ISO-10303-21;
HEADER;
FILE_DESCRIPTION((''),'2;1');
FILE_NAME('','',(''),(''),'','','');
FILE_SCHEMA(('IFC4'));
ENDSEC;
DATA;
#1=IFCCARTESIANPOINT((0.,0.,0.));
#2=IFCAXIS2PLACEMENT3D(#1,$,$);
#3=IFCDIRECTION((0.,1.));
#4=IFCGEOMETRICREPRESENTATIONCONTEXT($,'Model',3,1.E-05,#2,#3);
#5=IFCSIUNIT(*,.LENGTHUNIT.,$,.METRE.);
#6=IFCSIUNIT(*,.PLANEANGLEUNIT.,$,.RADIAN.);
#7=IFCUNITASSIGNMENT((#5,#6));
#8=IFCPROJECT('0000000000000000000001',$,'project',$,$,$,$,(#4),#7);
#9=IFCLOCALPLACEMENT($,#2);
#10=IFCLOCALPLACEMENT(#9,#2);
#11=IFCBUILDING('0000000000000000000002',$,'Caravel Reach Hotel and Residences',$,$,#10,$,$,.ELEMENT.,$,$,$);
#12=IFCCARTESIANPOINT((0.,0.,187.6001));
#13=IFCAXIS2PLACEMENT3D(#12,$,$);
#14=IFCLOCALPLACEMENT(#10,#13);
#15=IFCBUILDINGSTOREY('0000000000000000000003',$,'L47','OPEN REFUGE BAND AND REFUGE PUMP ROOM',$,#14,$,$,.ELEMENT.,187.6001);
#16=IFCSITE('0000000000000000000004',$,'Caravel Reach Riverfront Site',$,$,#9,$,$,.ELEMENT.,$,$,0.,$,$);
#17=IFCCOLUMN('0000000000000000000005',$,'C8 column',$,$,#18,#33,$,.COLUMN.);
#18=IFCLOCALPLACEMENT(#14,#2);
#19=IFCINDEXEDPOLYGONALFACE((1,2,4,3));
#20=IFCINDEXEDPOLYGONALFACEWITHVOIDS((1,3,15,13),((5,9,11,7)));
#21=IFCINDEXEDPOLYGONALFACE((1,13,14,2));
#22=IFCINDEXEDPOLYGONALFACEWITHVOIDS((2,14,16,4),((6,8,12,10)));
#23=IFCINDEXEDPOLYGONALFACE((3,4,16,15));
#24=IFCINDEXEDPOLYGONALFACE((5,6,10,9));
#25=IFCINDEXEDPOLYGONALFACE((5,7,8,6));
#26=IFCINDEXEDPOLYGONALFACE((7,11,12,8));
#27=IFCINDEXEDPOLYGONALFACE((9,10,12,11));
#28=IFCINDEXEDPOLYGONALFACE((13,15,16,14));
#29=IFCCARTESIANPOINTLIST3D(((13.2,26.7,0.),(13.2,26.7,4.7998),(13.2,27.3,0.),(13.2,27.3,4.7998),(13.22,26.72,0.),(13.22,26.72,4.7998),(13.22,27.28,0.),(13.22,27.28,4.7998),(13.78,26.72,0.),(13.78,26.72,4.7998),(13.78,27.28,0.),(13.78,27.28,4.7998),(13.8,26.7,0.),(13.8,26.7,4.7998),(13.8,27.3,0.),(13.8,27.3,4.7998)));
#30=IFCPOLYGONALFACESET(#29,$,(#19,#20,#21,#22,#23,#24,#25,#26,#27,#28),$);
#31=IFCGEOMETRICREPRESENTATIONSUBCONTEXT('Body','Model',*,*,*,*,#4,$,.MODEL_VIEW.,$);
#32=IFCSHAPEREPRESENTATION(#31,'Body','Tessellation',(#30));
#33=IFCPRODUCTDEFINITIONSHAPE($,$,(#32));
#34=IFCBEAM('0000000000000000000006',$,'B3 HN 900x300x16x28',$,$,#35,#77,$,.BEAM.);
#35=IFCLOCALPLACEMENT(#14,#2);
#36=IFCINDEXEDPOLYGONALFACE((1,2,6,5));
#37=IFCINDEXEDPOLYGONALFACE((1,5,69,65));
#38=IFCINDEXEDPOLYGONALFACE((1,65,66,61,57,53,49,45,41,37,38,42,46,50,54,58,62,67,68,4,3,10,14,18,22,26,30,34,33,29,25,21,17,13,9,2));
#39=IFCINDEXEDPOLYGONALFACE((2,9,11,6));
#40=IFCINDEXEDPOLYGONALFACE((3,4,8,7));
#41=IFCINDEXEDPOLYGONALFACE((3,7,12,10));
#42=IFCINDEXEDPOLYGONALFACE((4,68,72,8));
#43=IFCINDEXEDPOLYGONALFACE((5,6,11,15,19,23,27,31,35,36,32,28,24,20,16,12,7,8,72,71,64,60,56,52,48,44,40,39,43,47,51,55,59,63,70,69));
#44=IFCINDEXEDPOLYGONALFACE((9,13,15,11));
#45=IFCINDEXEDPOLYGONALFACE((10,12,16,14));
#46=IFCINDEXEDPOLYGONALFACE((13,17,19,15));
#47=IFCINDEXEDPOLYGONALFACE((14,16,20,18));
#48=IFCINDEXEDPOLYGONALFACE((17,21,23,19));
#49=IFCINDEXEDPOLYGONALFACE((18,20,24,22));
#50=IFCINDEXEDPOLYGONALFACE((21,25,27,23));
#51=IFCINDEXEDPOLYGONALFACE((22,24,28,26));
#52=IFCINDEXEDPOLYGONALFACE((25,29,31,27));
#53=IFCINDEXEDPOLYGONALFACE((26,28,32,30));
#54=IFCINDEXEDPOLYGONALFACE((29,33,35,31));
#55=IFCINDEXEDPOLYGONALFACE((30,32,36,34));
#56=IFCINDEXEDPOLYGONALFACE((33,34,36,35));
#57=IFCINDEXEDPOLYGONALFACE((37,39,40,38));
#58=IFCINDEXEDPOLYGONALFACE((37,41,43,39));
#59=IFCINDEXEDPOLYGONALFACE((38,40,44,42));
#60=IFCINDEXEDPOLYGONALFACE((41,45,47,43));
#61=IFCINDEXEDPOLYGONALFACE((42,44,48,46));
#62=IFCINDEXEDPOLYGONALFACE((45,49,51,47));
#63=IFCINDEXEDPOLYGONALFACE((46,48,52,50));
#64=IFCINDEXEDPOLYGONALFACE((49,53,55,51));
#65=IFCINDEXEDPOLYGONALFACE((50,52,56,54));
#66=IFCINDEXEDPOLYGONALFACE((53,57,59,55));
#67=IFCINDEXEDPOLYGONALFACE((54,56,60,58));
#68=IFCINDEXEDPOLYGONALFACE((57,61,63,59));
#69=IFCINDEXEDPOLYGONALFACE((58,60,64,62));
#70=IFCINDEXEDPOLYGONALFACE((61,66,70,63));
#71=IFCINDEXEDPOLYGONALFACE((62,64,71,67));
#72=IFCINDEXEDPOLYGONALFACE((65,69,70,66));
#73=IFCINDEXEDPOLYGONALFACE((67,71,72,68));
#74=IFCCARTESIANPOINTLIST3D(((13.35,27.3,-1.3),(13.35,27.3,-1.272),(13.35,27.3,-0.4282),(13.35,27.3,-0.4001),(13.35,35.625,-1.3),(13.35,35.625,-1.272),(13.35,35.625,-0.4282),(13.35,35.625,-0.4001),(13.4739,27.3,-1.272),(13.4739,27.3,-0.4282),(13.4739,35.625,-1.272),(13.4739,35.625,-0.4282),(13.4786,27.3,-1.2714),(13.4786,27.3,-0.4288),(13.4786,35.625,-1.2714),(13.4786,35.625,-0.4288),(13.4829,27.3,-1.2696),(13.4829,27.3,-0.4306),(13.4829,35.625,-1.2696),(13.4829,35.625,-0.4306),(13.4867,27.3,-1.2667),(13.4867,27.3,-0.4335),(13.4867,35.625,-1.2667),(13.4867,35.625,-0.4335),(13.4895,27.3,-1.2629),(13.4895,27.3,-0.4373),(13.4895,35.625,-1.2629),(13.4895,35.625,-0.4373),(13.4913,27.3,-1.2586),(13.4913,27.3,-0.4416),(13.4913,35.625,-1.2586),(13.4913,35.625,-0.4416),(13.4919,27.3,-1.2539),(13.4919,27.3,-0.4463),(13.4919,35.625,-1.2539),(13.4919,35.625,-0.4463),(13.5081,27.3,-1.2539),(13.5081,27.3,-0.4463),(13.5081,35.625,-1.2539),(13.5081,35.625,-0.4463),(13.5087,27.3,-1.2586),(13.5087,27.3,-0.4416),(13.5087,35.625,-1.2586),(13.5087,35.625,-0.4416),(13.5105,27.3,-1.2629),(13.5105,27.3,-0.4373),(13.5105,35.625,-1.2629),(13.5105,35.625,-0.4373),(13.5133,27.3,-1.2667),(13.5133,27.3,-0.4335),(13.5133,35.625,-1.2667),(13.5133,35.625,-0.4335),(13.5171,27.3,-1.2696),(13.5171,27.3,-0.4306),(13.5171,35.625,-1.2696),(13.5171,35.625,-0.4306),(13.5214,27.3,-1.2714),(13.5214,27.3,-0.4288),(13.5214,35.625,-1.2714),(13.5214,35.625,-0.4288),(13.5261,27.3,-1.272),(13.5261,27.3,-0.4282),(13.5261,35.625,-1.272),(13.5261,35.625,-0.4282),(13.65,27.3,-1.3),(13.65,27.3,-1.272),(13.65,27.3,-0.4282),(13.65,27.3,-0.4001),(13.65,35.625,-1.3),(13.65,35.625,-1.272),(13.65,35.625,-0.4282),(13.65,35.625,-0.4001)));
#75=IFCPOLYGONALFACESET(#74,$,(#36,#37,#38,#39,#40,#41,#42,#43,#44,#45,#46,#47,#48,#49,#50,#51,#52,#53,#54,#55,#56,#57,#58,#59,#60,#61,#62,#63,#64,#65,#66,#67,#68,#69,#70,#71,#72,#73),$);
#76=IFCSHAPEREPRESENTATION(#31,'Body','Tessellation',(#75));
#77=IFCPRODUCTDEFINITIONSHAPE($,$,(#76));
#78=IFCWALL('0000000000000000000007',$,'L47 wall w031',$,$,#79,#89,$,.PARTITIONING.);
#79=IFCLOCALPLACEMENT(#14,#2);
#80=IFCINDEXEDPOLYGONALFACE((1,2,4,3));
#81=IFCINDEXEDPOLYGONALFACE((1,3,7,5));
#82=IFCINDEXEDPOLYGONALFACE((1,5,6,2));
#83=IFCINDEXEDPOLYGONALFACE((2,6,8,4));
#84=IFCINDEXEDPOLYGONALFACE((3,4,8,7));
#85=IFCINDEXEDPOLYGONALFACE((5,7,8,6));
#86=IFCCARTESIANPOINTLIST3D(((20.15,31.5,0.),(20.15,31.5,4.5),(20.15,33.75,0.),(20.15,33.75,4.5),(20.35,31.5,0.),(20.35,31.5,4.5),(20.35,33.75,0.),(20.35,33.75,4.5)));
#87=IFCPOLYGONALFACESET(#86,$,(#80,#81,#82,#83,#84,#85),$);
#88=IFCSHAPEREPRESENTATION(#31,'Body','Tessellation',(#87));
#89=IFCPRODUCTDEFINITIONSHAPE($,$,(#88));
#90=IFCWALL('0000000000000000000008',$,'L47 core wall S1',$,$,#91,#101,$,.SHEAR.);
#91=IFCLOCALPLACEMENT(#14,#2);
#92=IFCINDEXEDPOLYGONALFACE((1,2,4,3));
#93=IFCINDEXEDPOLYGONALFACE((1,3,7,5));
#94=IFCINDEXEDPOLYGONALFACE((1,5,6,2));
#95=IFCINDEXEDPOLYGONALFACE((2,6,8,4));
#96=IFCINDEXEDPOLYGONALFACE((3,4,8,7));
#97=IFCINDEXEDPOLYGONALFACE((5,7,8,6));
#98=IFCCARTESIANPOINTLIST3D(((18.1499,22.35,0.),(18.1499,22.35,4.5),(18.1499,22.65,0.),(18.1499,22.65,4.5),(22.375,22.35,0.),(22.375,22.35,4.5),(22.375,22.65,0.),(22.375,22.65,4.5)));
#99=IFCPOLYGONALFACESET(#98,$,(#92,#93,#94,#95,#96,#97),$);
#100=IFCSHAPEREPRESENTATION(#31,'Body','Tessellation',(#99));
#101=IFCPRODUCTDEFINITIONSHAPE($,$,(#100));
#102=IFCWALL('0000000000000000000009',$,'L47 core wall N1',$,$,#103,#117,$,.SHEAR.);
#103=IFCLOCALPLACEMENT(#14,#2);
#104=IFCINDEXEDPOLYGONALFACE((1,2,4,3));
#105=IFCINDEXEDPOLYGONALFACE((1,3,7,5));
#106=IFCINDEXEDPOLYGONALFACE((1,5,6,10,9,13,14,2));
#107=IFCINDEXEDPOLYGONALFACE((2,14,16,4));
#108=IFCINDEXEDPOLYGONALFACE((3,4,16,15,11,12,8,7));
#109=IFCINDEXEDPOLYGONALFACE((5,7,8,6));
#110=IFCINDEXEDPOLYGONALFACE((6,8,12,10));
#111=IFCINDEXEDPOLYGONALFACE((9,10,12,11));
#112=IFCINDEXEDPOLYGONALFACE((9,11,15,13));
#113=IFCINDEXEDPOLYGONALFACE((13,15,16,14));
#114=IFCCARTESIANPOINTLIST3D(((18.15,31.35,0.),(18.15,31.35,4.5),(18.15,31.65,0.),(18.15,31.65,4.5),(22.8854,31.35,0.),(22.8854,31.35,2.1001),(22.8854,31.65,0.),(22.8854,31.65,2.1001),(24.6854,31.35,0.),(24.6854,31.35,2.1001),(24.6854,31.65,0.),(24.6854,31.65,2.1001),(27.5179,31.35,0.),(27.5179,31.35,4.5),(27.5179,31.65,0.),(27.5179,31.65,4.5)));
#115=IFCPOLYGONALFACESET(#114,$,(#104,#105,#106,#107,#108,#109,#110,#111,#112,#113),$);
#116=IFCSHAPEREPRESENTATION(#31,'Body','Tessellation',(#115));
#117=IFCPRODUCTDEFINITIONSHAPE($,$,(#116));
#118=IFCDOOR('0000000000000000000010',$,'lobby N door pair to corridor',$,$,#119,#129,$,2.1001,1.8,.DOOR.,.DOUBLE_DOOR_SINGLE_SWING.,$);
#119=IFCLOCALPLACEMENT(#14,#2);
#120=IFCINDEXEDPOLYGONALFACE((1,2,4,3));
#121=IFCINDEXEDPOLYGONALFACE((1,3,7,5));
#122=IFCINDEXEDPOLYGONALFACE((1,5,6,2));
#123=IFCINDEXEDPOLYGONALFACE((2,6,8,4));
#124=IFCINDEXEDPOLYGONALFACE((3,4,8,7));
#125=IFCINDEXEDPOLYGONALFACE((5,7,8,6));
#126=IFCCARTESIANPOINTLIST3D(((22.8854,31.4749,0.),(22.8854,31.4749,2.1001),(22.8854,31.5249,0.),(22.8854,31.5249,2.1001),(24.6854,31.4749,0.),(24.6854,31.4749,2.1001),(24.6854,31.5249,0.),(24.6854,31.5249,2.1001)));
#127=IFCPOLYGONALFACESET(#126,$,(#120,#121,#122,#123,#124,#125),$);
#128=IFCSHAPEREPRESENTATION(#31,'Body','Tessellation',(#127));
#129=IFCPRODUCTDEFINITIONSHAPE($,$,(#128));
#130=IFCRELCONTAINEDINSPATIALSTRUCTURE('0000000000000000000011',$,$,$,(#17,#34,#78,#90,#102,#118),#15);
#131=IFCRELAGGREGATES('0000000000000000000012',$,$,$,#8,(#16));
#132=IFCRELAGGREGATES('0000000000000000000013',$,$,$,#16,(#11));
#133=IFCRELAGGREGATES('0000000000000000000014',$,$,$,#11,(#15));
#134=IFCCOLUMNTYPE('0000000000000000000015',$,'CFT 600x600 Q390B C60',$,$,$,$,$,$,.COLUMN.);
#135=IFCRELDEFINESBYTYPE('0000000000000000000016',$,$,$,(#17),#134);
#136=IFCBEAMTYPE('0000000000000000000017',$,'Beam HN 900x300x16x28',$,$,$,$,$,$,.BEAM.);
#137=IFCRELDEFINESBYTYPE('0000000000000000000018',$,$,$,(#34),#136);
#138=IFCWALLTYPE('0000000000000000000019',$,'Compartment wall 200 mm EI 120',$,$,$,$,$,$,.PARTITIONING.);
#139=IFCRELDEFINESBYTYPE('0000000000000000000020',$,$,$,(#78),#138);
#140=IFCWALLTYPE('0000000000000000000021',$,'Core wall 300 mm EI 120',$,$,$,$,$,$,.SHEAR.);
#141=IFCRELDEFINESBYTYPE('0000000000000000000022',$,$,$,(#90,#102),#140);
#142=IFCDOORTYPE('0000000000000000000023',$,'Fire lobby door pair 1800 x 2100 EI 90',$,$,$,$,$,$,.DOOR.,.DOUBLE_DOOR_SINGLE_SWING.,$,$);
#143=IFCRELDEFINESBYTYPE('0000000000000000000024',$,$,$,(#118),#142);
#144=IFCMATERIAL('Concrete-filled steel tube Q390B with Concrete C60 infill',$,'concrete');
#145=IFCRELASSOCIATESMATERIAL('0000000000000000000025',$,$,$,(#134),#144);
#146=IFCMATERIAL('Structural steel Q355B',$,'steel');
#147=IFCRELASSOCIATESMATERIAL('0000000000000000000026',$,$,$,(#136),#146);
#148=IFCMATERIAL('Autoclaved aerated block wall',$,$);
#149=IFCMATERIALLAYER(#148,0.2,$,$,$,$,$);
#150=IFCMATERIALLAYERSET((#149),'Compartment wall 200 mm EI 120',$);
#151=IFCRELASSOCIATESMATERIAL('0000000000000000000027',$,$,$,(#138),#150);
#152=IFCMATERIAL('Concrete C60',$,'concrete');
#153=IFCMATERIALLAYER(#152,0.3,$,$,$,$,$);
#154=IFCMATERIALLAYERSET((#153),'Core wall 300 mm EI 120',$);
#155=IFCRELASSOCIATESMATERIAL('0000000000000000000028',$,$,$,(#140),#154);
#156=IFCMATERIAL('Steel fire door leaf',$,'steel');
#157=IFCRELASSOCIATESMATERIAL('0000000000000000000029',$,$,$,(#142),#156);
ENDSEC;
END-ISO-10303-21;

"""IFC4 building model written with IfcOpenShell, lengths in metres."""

from ifc_helpers import new_model, si_unit, direction, frame, frame_2d, origin, origin_2d, place, context, subcontext, project, spatial, rectangle, hollow_rectangle, i_section, extrude, material, layer, layer_set, material_profile, profile_set, type_object, element, fill, save


model = new_model("IFC4")

# Units and contexts
model_context = context("Model", 3, precision=1e-05, world=origin(), true_north=direction((0.0, 1.0)))
body_context = subcontext(model_context, "Body", "Model", "MODEL_VIEW")
ifc_project = project(units=[si_unit("LENGTHUNIT", "METRE"), si_unit("PLANEANGLEUNIT", "RADIAN")], contexts=[model_context])

# Site, building, storey
site_placement = place(None, origin())
site = spatial("IfcSite", under=ifc_project, at=site_placement, Name="Caravel Reach Riverfront Site", CompositionType="ELEMENT", RefElevation=0.0)
building_placement = place(site_placement, origin())
building = spatial("IfcBuilding", under=site, at=building_placement, Name="Caravel Reach Hotel and Residences", CompositionType="ELEMENT")
storey_placement = place(building_placement, frame((0.0, 0.0, 187.6001)))
storey = spatial("IfcBuildingStorey", under=building, at=storey_placement, Name="L47", Description="OPEN REFUGE BAND AND REFUGE PUMP ROOM", CompositionType="ELEMENT", Elevation=187.6001)

# Column
ifc_material_1 = material(Name="Concrete-filled steel tube Q390B with Concrete C60 infill", Category="concrete")
ifc_material_profile_1 = material_profile(ifc_material_1, hollow_rectangle(XDim=0.6001, YDim=0.6001, WallThickness=0.02, at=origin_2d()), Name="RHS 600x600x20")
ifc_profile_set_1 = profile_set([ifc_material_profile_1], Name="Concrete-filled steel tube Q390B with Concrete C60 infill")
column_type = type_object("IfcColumnType", Name="CFT 600x600 Q390B C60", PredefinedType="COLUMN", material=ifc_profile_set_1)
column_placement = place(storey_placement, frame((13.5, 27.0, 0.0), z_axis=(0.0, 0.0, 1.0), x_axis=(1.0, 0.0, 0.0)))
element("IfcColumn", 1, at=column_placement, inside=storey, type_object=column_type, Name="C8 column", PredefinedType="COLUMN", context=body_context, shape_type="SweptSolid", body=[
    extrude(hollow_rectangle(XDim=0.6001, YDim=0.6001, WallThickness=0.02, at=origin_2d()), origin(), (0.0, 0.0, 1.0), 4.7998),
])

# Beam
ifc_material_2 = material(Name="Structural steel Q355B", Category="steel")
ifc_material_profile_2 = material_profile(ifc_material_2, i_section(OverallWidth=0.3, OverallDepth=0.8999, WebThickness=0.0161, FlangeThickness=0.0281, FilletRadius=0.0181, at=origin_2d()), Name="HN 900x300x16x28")
ifc_profile_set_2 = profile_set([ifc_material_profile_2], Name="Structural steel Q355B")
beam_type = type_object("IfcBeamType", Name="Beam HN 900x300x16x28", PredefinedType="BEAM", material=ifc_profile_set_2)
beam_placement = place(storey_placement, frame((13.5, 27.3, -0.8501), z_axis=(0.0, 1.0, 0.0), x_axis=(-1.0, 0.0, 0.0)))
element("IfcBeam", 2, at=beam_placement, inside=storey, type_object=beam_type, Name="B3 HN 900x300x16x28", PredefinedType="BEAM", context=body_context, shape_type="SweptSolid", body=[
    extrude(i_section(OverallWidth=0.3, OverallDepth=0.8999, WebThickness=0.0161, FlangeThickness=0.0281, FilletRadius=0.0181, at=origin_2d()), origin(), (0.0, 0.0, 1.0), 8.325),
])

# Walls
ifc_material_3 = material(Name="Autoclaved aerated block wall")
ifc_layer_1 = layer(ifc_material_3, 0.2)
ifc_layer_set_1 = layer_set([ifc_layer_1], Name="Compartment wall 200 mm EI 120")
wall_type_1 = type_object("IfcWallType", Name="Compartment wall 200 mm EI 120", PredefinedType="PARTITIONING", material=ifc_layer_set_1)
wall_1_placement = place(storey_placement, frame((20.25, 31.5, 0.0), z_axis=(0.0, 0.0, 1.0), x_axis=(0.0, 1.0, 0.0)))
element("IfcWall", 3, at=wall_1_placement, inside=storey, type_object=wall_type_1, Name="L47 wall w031", PredefinedType="PARTITIONING", context=body_context, shape_type="SweptSolid", body=[
    extrude(rectangle(XDim=2.25, YDim=0.2, at=frame_2d((1.125, 0.0))), origin(), (0.0, 0.0, 1.0), 4.5),
])
ifc_material_4 = material(Name="Concrete C60", Category="concrete")
ifc_layer_2 = layer(ifc_material_4, 0.3)
ifc_layer_set_2 = layer_set([ifc_layer_2], Name="Core wall 300 mm EI 120")
wall_type_2 = type_object("IfcWallType", Name="Core wall 300 mm EI 120", PredefinedType="SHEAR", material=ifc_layer_set_2)
wall_2_placement = place(storey_placement, frame((18.1499, 22.5, 0.0), z_axis=(0.0, 0.0, 1.0), x_axis=(1.0, 0.0, 0.0)))
element("IfcWall", 4, at=wall_2_placement, inside=storey, type_object=wall_type_2, Name="L47 core wall S1", PredefinedType="SHEAR", context=body_context, shape_type="SweptSolid", body=[
    extrude(rectangle(XDim=4.2251, YDim=0.3, at=frame_2d((2.1125, 0.0))), origin(), (0.0, 0.0, 1.0), 4.5),
])

# Wall, opening, door
wall_3_placement = place(storey_placement, frame((18.1499, 31.5, 0.0), z_axis=(0.0, 0.0, 1.0), x_axis=(1.0, 0.0, 0.0)))
wall_3 = element("IfcWall", 5, at=wall_3_placement, inside=storey, type_object=wall_type_2, Name="L47 core wall N1", PredefinedType="SHEAR", context=body_context, shape_type="SweptSolid", body=[
    extrude(rectangle(XDim=9.3679, YDim=0.3, at=frame_2d((4.6841, 0.0))), origin(), (0.0, 0.0, 1.0), 4.5),
])
opening_placement = place(wall_3_placement, frame((4.7356, 0.0, 0.0)))
opening = element("IfcOpeningElement", 6, at=opening_placement, cuts=wall_3, PredefinedType="OPENING", context=body_context, shape_type="SweptSolid", body=[
    extrude(rectangle(XDim=1.8, YDim=2.1001, at=frame_2d((0.8999, 1.05))), frame((0.0, 0.1599, 0.0), z_axis=(0.0, -1.0, 0.0), x_axis=(1.0, 0.0, 0.0)), (0.0, 0.0, 1.0), 0.3201),
])
ifc_material_5 = material(Name="Steel fire door leaf", Category="steel")
door_type = type_object("IfcDoorType", Name="Fire lobby door pair 1800 x 2100 EI 90", OperationType="DOUBLE_DOOR_SINGLE_SWING", PredefinedType="DOOR", material=ifc_material_5)
door_placement = place(opening_placement, origin())
door = element("IfcDoor", 7, at=door_placement, inside=storey, type_object=door_type, Name="lobby N door pair to corridor", OperationType="DOUBLE_DOOR_SINGLE_SWING", OverallHeight=2.1001, OverallWidth=1.8, PredefinedType="DOOR", context=body_context, shape_type="SweptSolid", body=[
    extrude(rectangle(XDim=1.8, YDim=2.1001, at=frame_2d((0.8999, 1.05))), frame((0.0, 0.0249, 0.0), z_axis=(0.0, -1.0, 0.0), x_axis=(1.0, 0.0, 0.0)), (0.0, 0.0, 1.0), 0.05),
])
fill(opening, door)

save(model, "model.ifc")
